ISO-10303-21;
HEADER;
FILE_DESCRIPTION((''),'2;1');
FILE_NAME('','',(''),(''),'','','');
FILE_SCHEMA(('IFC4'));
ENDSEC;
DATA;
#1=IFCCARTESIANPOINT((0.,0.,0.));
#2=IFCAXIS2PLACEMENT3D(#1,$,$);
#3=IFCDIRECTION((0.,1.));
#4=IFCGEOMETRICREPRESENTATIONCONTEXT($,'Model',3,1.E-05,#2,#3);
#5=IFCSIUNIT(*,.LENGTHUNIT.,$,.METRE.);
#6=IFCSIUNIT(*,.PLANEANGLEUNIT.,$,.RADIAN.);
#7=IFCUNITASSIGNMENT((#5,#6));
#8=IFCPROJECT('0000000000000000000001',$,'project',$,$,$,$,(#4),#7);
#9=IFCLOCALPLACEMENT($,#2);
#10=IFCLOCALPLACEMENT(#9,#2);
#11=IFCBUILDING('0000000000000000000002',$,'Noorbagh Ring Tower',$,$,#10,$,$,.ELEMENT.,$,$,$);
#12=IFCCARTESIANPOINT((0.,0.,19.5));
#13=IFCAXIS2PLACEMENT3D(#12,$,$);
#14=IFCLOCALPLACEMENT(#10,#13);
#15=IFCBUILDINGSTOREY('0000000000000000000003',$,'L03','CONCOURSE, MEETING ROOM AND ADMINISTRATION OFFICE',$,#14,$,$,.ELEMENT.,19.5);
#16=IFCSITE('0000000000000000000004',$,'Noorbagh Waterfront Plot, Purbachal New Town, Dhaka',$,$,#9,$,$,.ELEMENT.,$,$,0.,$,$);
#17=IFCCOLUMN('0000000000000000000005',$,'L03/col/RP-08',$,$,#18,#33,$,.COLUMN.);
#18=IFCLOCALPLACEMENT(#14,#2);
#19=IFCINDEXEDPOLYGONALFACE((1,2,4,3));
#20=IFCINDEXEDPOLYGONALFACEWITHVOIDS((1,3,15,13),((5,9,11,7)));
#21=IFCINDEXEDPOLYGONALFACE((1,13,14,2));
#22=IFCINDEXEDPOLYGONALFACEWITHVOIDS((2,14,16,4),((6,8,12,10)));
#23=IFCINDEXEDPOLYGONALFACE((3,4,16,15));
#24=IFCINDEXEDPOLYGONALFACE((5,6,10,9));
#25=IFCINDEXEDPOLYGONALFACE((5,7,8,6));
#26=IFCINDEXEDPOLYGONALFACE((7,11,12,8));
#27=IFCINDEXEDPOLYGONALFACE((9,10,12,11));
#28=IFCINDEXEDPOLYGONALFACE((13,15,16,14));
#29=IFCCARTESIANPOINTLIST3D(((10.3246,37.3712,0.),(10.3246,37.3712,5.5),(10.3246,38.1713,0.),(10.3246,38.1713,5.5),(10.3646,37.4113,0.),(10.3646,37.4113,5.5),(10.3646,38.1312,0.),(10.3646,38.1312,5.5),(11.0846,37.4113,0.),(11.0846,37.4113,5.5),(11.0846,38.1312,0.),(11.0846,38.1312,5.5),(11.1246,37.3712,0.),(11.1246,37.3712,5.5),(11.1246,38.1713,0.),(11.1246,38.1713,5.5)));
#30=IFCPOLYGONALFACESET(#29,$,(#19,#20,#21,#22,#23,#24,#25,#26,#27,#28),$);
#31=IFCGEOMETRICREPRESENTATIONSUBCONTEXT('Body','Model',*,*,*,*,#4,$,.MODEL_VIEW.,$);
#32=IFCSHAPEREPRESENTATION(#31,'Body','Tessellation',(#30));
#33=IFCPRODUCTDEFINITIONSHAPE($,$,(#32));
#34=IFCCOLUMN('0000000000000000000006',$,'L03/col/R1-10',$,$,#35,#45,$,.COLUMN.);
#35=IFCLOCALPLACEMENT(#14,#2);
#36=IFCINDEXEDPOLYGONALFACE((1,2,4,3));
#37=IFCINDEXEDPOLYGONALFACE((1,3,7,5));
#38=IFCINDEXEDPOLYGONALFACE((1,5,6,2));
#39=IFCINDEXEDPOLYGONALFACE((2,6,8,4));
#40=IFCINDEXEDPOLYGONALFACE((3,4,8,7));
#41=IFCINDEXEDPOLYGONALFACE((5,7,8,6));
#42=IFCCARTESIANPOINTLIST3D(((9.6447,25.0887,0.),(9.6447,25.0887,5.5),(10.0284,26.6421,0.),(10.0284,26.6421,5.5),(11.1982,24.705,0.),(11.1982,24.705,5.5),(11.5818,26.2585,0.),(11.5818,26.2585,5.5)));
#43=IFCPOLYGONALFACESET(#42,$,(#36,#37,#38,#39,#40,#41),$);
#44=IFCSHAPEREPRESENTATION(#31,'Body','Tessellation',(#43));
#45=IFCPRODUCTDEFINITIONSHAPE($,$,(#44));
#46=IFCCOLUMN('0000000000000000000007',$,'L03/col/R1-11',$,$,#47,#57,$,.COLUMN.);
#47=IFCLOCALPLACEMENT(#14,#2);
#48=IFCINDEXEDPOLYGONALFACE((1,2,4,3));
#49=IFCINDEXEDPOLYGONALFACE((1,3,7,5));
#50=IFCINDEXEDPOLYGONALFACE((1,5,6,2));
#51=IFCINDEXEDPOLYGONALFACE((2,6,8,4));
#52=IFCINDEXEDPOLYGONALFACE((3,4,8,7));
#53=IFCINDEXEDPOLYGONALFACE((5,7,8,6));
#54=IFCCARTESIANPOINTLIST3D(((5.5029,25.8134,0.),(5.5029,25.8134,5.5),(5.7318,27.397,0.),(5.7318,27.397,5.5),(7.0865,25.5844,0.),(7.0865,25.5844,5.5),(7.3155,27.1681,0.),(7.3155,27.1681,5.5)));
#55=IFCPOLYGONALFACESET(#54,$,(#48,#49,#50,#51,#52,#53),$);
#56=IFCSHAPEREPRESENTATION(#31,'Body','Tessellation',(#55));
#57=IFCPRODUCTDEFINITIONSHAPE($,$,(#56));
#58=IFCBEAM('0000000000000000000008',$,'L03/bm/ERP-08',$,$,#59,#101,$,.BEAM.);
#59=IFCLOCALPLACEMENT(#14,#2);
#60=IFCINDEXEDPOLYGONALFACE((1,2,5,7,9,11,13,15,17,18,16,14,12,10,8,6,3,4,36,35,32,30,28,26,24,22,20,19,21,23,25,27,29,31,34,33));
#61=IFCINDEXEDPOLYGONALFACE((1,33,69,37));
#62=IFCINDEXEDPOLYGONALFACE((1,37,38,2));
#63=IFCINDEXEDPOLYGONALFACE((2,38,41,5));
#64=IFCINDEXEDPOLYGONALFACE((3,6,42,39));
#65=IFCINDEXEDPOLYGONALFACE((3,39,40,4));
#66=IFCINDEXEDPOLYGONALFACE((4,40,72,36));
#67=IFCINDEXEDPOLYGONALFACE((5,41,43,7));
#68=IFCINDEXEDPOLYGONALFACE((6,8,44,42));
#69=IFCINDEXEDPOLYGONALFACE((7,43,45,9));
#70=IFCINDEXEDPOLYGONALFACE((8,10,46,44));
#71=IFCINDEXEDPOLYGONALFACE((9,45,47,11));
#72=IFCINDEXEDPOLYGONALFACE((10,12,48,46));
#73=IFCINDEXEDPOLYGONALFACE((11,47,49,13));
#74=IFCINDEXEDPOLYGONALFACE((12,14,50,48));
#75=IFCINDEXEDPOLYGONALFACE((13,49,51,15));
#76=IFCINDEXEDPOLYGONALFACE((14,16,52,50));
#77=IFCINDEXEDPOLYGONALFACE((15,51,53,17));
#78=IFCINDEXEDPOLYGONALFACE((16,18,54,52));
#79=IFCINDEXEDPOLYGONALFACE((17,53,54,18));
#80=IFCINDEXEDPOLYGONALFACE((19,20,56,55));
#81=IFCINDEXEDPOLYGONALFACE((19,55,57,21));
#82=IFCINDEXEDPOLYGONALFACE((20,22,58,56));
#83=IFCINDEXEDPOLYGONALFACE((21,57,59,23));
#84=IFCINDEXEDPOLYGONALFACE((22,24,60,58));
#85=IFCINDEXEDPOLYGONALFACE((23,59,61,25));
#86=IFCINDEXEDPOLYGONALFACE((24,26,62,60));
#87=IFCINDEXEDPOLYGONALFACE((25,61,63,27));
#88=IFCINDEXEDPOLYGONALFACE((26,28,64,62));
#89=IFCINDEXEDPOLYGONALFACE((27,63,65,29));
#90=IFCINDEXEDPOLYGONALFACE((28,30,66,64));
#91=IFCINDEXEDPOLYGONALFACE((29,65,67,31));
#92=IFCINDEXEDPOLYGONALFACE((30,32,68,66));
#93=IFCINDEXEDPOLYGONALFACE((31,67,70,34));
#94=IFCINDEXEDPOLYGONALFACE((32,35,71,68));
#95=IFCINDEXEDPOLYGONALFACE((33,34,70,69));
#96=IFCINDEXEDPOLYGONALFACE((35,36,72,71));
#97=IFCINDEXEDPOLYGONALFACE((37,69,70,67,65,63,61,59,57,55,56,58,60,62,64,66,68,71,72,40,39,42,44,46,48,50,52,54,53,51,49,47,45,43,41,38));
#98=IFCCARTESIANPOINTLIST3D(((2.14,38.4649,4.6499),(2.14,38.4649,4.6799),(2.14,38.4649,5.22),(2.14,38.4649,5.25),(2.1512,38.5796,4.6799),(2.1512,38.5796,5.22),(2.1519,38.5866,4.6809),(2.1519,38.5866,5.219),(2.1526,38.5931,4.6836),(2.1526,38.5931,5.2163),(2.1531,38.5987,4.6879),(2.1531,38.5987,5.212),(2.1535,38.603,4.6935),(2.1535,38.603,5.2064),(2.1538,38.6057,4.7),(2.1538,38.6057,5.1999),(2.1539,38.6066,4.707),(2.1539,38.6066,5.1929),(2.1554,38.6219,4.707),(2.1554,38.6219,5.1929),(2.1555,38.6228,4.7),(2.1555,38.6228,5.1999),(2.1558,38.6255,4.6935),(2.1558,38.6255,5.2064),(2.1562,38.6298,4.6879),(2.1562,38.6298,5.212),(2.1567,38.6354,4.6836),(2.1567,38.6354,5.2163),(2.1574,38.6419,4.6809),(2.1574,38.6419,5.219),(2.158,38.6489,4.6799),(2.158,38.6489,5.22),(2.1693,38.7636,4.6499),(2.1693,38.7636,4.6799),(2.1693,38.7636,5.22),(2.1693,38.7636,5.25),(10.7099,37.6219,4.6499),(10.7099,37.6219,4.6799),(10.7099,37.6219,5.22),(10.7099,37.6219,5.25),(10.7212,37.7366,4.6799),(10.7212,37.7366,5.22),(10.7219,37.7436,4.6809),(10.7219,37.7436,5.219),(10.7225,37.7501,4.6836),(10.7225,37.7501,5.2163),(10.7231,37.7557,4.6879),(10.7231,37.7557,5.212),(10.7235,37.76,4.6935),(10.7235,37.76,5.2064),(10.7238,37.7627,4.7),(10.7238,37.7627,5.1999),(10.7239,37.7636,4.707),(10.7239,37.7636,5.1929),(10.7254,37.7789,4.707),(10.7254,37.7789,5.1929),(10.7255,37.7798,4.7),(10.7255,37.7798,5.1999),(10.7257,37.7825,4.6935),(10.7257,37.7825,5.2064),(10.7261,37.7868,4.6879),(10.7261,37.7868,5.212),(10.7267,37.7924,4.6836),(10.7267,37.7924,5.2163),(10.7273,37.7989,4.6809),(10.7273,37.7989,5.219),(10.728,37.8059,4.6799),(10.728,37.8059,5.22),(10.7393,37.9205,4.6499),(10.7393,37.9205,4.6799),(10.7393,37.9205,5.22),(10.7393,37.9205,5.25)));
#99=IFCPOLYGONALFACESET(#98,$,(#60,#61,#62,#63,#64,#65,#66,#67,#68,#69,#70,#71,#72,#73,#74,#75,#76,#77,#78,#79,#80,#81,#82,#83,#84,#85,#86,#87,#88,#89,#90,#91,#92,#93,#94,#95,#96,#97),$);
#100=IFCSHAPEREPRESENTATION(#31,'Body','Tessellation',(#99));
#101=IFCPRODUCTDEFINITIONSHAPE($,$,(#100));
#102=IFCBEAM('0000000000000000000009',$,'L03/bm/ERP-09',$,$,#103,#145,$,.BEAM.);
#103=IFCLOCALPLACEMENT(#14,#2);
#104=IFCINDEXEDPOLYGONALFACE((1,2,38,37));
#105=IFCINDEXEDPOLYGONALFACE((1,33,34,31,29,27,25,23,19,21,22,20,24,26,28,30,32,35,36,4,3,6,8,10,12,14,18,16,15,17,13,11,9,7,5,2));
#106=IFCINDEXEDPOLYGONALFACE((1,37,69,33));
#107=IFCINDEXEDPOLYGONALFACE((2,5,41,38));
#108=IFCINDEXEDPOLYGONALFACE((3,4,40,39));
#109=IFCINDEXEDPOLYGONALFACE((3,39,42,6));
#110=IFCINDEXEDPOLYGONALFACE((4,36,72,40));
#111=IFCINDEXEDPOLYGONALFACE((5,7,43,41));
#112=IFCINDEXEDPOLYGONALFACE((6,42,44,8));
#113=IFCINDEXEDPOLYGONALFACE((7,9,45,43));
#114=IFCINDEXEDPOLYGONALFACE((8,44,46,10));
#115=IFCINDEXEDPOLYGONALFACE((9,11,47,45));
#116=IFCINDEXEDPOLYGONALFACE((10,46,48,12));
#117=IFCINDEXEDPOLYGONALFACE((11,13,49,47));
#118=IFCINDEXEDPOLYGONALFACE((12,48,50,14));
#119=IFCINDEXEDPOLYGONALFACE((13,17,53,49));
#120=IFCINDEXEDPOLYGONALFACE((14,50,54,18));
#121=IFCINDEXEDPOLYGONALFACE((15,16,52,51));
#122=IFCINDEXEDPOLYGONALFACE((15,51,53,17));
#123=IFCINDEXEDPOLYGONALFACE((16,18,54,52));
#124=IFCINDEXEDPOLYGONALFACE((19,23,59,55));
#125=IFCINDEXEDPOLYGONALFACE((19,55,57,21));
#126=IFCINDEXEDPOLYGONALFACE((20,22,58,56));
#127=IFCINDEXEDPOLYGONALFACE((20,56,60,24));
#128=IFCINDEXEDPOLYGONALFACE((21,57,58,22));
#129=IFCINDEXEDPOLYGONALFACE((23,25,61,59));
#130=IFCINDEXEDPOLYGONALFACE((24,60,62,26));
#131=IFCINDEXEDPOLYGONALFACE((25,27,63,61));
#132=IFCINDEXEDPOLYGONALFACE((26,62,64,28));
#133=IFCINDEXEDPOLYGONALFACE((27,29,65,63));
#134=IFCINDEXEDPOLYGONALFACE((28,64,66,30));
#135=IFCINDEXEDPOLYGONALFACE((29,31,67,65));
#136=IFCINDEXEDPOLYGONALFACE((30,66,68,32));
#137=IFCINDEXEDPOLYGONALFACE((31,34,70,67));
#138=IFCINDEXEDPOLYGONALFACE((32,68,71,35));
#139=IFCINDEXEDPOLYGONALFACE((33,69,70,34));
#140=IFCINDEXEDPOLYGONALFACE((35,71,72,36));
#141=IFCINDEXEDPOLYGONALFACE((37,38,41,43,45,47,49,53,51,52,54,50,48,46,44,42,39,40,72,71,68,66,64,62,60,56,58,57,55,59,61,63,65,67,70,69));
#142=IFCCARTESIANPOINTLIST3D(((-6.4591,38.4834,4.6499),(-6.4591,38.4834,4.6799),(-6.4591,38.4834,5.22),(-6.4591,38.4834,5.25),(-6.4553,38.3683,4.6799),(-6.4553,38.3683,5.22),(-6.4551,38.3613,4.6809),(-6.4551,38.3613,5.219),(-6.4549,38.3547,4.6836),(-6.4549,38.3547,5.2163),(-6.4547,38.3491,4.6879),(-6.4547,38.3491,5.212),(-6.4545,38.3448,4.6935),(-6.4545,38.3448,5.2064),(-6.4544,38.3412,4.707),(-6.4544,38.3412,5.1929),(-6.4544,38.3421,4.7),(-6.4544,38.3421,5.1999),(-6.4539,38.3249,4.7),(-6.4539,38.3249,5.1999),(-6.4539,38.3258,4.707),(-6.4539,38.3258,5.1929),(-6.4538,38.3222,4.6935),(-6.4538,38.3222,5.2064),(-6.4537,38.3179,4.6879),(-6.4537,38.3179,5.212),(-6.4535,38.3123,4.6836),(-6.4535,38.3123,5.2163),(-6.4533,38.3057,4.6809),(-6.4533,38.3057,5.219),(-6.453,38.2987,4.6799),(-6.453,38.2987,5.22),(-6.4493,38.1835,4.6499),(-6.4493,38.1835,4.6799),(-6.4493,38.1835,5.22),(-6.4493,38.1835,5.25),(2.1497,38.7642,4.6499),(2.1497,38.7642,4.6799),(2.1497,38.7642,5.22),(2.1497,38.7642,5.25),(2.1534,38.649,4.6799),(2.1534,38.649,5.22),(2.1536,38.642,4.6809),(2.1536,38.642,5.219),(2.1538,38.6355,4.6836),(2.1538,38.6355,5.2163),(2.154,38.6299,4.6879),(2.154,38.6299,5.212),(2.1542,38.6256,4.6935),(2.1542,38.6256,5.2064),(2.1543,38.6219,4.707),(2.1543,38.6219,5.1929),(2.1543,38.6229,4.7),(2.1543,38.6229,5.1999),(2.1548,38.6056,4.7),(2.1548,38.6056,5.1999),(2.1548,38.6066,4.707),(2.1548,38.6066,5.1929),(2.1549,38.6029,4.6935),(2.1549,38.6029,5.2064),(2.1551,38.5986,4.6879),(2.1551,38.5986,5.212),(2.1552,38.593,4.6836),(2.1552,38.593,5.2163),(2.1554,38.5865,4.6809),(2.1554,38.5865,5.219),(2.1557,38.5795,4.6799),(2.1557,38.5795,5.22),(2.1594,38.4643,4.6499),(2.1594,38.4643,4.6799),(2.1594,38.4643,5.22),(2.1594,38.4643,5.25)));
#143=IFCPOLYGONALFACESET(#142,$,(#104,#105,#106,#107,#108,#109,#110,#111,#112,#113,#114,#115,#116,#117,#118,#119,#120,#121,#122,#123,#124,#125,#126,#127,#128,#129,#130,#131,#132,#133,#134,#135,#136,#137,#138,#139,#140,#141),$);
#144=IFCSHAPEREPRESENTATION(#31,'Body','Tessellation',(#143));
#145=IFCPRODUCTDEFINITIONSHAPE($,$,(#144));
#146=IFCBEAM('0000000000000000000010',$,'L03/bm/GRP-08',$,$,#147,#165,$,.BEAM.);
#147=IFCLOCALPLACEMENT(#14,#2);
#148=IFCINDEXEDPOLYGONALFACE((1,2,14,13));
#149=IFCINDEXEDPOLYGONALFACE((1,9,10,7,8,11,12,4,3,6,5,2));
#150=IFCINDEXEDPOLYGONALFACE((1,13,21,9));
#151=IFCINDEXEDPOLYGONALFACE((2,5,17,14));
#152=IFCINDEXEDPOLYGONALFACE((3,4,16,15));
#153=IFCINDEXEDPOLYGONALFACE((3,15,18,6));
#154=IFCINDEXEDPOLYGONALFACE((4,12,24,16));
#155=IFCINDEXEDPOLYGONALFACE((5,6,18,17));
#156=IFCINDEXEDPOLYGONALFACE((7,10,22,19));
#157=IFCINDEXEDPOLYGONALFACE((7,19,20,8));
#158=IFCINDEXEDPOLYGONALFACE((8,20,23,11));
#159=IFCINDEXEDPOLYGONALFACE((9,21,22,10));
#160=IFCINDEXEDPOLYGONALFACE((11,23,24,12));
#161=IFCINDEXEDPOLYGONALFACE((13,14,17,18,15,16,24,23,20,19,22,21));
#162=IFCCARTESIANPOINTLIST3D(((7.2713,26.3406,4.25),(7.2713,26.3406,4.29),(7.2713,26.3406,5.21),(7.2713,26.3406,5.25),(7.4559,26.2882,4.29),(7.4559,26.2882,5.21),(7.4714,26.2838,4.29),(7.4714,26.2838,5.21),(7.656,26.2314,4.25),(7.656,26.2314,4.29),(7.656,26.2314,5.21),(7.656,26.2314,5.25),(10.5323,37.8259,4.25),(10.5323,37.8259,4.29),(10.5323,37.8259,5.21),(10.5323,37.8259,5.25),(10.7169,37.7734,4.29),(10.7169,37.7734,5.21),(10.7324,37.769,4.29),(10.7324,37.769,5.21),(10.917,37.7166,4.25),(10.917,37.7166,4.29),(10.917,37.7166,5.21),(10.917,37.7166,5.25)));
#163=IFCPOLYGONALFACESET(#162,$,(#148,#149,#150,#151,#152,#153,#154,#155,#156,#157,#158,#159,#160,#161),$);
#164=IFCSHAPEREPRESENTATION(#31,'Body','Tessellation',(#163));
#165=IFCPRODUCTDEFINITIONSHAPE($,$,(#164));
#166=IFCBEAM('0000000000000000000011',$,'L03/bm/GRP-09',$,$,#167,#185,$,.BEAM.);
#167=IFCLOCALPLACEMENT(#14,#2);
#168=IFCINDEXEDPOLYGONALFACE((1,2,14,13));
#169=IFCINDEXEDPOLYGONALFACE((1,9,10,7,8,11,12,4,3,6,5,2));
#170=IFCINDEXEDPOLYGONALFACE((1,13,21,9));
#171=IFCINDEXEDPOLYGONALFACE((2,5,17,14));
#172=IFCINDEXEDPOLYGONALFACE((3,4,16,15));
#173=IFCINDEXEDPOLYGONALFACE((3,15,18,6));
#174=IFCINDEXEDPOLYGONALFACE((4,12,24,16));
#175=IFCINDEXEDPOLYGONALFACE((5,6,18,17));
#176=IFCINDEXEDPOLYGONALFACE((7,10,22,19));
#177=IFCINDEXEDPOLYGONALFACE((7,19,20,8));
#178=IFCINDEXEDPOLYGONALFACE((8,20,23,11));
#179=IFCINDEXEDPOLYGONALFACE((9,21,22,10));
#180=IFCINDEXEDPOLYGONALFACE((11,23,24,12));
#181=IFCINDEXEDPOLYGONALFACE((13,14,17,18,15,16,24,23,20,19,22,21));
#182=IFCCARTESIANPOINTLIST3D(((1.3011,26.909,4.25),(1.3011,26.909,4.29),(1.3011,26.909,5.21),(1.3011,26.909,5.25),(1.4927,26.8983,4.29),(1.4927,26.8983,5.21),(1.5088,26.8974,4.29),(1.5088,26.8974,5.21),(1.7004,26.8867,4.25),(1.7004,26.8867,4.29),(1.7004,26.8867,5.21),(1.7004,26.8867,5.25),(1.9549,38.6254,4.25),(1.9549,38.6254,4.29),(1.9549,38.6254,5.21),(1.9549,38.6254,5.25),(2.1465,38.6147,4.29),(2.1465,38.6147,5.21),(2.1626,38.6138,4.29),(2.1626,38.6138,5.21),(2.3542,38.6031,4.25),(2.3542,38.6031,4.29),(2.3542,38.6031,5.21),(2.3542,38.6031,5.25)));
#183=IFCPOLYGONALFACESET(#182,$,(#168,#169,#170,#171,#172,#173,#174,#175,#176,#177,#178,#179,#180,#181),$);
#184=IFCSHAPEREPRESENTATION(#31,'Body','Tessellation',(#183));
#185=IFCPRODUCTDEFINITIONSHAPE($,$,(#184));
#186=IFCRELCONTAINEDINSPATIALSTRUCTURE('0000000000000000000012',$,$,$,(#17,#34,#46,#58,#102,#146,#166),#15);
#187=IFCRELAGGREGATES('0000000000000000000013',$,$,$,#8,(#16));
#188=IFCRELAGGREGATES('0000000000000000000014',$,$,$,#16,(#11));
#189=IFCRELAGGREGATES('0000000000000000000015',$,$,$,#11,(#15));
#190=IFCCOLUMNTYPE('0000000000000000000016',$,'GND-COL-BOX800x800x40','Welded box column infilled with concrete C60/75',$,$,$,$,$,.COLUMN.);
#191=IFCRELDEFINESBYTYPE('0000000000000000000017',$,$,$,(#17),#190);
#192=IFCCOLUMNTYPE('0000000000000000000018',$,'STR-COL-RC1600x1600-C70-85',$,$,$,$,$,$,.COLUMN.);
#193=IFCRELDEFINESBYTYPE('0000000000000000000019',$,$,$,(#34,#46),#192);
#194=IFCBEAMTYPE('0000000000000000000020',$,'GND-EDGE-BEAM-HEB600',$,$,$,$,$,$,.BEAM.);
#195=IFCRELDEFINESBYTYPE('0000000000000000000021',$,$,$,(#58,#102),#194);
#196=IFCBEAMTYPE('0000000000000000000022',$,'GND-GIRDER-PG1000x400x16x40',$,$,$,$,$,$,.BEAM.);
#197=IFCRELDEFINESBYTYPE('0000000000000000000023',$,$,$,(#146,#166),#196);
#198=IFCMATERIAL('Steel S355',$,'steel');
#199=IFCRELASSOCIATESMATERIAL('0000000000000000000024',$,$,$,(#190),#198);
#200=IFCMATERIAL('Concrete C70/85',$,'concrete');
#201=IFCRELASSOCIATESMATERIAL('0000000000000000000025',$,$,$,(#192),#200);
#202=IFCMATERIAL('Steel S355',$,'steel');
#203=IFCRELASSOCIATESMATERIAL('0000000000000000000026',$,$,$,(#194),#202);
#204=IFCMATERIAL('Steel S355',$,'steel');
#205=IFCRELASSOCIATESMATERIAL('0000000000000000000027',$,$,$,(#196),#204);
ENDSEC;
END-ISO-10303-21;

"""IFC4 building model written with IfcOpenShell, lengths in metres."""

from ifc_helpers import new_model, si_unit, direction, frame, origin, origin_2d, place, context, subcontext, project, spatial, rectangle, hollow_rectangle, i_section, extrude, material, material_profile, profile_set, type_object, element, save


model = new_model("IFC4")

# Units and contexts
model_context = context("Model", 3, precision=1e-05, world=origin(), true_north=direction((0.0, 1.0)))
body_context = subcontext(model_context, "Body", "Model", "MODEL_VIEW")
ifc_project = project(units=[si_unit("LENGTHUNIT", "METRE"), si_unit("PLANEANGLEUNIT", "RADIAN")], contexts=[model_context])

# Site, building, storey
site_placement = place(None, origin())
site = spatial("IfcSite", under=ifc_project, at=site_placement, Name="Noorbagh Waterfront Plot, Purbachal New Town, Dhaka", CompositionType="ELEMENT", RefElevation=0.0)
building_placement = place(site_placement, origin())
building = spatial("IfcBuilding", under=site, at=building_placement, Name="Noorbagh Ring Tower", CompositionType="ELEMENT")
storey_placement = place(building_placement, frame((0.0, 0.0, 19.5)))
storey = spatial("IfcBuildingStorey", under=building, at=storey_placement, Name="L03", Description="CONCOURSE, MEETING ROOM AND ADMINISTRATION OFFICE", CompositionType="ELEMENT", Elevation=19.5)

# Columns
ifc_material_1 = material(Name="Steel S355", Category="steel")
ifc_material_profile_1 = material_profile(ifc_material_1, hollow_rectangle(XDim=0.8, YDim=0.8, WallThickness=0.04, at=origin_2d()), Name="BOX800x800x40")
ifc_profile_set_1 = profile_set([ifc_material_profile_1], Name="Steel S355")
column_type_1 = type_object("IfcColumnType", Name="GND-COL-BOX800x800x40", Description="Welded box column infilled with concrete C60/75", PredefinedType="COLUMN", material=ifc_profile_set_1)
column_placement = place(storey_placement, frame((10.7246, 37.7712, 0.0), z_axis=(0.0, 0.0, 1.0), x_axis=(1.0, 0.0, 0.0)))
element("IfcColumn", 1, at=column_placement, inside=storey, type_object=column_type_1, Name="L03/col/RP-08", PredefinedType="COLUMN", context=body_context, shape_type="SweptSolid", body=[
    extrude(hollow_rectangle(XDim=0.8, YDim=0.8, WallThickness=0.04, at=origin_2d()), origin(), (0.0, 0.0, 1.0), 5.5),
])
ifc_material_2 = material(Name="Concrete C70/85", Category="concrete")
ifc_material_profile_2 = material_profile(ifc_material_2, rectangle(XDim=1.6001, YDim=1.6001, at=origin_2d()), Name="RC1600x1600")
ifc_profile_set_2 = profile_set([ifc_material_profile_2], Name="Concrete C70/85")
column_type_2 = type_object("IfcColumnType", Name="STR-COL-RC1600x1600-C70-85", PredefinedType="COLUMN", material=ifc_profile_set_2)
for number, where, z_axis, x_axis, name in (
    (2, (10.6133, 25.6736, 0.0), (0.0, 0.0, 1.0), (-0.970829, 0.239771, 0.0), "L03/col/R1-10"),
    (3, (6.4092, 26.4907, 0.0), (0.0, 0.0, 1.0), (-0.989713, 0.143066, 0.0), "L03/col/R1-11"),
):
    element("IfcColumn", number, at=place(storey_placement, frame(where, z_axis=z_axis, x_axis=x_axis)), inside=storey, type_object=column_type_2, Name=name, PredefinedType="COLUMN", context=body_context, shape_type="SweptSolid", body=[
        extrude(rectangle(XDim=1.6001, YDim=1.6001, at=origin_2d()), origin(), (0.0, 0.0, 1.0), 5.5),
    ])

# Beams
ifc_material_3 = material(Name="Steel S355", Category="steel")
ifc_material_profile_3 = material_profile(ifc_material_3, i_section(OverallWidth=0.3, OverallDepth=0.6001, WebThickness=0.0154, FlangeThickness=0.03, FilletRadius=0.0271, at=origin_2d()), Name="HEB600")
ifc_profile_set_3 = profile_set([ifc_material_profile_3], Name="Steel S355")
beam_type_1 = type_object("IfcBeamType", Name="GND-EDGE-BEAM-HEB600", PredefinedType="BEAM", material=ifc_profile_set_3)
beam_1_placement = place(storey_placement, frame((10.7246, 37.7712, 4.95), z_axis=(-0.995197, 0.097895, 0.0), x_axis=(-0.097895, -0.995197, 0.0)))
element("IfcBeam", 4, at=beam_1_placement, inside=storey, type_object=beam_type_1, Name="L03/bm/ERP-08", PredefinedType="BEAM", context=body_context, shape_type="SweptSolid", body=[
    extrude(i_section(OverallWidth=0.3, OverallDepth=0.6001, WebThickness=0.0154, FlangeThickness=0.03, FilletRadius=0.0271, at=origin_2d()), origin(), (0.0, 0.0, 1.0), 8.6113),
])
beam_2_placement = place(storey_placement, frame((2.1545, 38.6143, 4.95), z_axis=(-0.999469, -0.032597, 0.0), x_axis=(0.032597, -0.999469, 0.0)))
element("IfcBeam", 5, at=beam_2_placement, inside=storey, type_object=beam_type_1, Name="L03/bm/ERP-09", PredefinedType="BEAM", context=body_context, shape_type="SweptSolid", body=[
    extrude(i_section(OverallWidth=0.3, OverallDepth=0.6001, WebThickness=0.0154, FlangeThickness=0.03, FilletRadius=0.0271, at=origin_2d()), origin(), (0.0, 0.0, 1.0), 8.6133),
])
ifc_material_4 = material(Name="Steel S355", Category="steel")
ifc_material_profile_4 = material_profile(ifc_material_4, i_section(OverallWidth=0.3999, OverallDepth=1.0, WebThickness=0.0161, FlangeThickness=0.04, at=origin_2d()), Name="PG1000x400x16x40")
ifc_profile_set_4 = profile_set([ifc_material_profile_4], Name="Steel S355")
beam_type_2 = type_object("IfcBeamType", Name="GND-GIRDER-PG1000x400x16x40", PredefinedType="BEAM", material=ifc_profile_set_4)
beam_3_placement = place(storey_placement, frame((10.7246, 37.7712, 4.75), z_axis=(-0.27313, -0.961977, 0.0), x_axis=(0.961977, -0.27313, 0.0)))
element("IfcBeam", 6, at=beam_3_placement, inside=storey, type_object=beam_type_2, Name="L03/bm/GRP-08", PredefinedType="BEAM", context=body_context, shape_type="SweptSolid", body=[
    extrude(i_section(OverallWidth=0.3999, OverallDepth=1.0, WebThickness=0.0161, FlangeThickness=0.04, at=origin_2d()), origin(), (0.0, 0.0, 1.0), 11.9392),
])
beam_4_placement = place(storey_placement, frame((2.1545, 38.6143, 4.75), z_axis=(-0.055717, -0.998447, 0.0), x_axis=(0.998447, -0.055717, 0.0)))
element("IfcBeam", 7, at=beam_4_placement, inside=storey, type_object=beam_type_2, Name="L03/bm/GRP-09", PredefinedType="BEAM", context=body_context, shape_type="SweptSolid", body=[
    extrude(i_section(OverallWidth=0.3999, OverallDepth=1.0, WebThickness=0.0161, FlangeThickness=0.04, at=origin_2d()), origin(), (0.0, 0.0, 1.0), 11.7346),
])

save(model, "model.ifc")
